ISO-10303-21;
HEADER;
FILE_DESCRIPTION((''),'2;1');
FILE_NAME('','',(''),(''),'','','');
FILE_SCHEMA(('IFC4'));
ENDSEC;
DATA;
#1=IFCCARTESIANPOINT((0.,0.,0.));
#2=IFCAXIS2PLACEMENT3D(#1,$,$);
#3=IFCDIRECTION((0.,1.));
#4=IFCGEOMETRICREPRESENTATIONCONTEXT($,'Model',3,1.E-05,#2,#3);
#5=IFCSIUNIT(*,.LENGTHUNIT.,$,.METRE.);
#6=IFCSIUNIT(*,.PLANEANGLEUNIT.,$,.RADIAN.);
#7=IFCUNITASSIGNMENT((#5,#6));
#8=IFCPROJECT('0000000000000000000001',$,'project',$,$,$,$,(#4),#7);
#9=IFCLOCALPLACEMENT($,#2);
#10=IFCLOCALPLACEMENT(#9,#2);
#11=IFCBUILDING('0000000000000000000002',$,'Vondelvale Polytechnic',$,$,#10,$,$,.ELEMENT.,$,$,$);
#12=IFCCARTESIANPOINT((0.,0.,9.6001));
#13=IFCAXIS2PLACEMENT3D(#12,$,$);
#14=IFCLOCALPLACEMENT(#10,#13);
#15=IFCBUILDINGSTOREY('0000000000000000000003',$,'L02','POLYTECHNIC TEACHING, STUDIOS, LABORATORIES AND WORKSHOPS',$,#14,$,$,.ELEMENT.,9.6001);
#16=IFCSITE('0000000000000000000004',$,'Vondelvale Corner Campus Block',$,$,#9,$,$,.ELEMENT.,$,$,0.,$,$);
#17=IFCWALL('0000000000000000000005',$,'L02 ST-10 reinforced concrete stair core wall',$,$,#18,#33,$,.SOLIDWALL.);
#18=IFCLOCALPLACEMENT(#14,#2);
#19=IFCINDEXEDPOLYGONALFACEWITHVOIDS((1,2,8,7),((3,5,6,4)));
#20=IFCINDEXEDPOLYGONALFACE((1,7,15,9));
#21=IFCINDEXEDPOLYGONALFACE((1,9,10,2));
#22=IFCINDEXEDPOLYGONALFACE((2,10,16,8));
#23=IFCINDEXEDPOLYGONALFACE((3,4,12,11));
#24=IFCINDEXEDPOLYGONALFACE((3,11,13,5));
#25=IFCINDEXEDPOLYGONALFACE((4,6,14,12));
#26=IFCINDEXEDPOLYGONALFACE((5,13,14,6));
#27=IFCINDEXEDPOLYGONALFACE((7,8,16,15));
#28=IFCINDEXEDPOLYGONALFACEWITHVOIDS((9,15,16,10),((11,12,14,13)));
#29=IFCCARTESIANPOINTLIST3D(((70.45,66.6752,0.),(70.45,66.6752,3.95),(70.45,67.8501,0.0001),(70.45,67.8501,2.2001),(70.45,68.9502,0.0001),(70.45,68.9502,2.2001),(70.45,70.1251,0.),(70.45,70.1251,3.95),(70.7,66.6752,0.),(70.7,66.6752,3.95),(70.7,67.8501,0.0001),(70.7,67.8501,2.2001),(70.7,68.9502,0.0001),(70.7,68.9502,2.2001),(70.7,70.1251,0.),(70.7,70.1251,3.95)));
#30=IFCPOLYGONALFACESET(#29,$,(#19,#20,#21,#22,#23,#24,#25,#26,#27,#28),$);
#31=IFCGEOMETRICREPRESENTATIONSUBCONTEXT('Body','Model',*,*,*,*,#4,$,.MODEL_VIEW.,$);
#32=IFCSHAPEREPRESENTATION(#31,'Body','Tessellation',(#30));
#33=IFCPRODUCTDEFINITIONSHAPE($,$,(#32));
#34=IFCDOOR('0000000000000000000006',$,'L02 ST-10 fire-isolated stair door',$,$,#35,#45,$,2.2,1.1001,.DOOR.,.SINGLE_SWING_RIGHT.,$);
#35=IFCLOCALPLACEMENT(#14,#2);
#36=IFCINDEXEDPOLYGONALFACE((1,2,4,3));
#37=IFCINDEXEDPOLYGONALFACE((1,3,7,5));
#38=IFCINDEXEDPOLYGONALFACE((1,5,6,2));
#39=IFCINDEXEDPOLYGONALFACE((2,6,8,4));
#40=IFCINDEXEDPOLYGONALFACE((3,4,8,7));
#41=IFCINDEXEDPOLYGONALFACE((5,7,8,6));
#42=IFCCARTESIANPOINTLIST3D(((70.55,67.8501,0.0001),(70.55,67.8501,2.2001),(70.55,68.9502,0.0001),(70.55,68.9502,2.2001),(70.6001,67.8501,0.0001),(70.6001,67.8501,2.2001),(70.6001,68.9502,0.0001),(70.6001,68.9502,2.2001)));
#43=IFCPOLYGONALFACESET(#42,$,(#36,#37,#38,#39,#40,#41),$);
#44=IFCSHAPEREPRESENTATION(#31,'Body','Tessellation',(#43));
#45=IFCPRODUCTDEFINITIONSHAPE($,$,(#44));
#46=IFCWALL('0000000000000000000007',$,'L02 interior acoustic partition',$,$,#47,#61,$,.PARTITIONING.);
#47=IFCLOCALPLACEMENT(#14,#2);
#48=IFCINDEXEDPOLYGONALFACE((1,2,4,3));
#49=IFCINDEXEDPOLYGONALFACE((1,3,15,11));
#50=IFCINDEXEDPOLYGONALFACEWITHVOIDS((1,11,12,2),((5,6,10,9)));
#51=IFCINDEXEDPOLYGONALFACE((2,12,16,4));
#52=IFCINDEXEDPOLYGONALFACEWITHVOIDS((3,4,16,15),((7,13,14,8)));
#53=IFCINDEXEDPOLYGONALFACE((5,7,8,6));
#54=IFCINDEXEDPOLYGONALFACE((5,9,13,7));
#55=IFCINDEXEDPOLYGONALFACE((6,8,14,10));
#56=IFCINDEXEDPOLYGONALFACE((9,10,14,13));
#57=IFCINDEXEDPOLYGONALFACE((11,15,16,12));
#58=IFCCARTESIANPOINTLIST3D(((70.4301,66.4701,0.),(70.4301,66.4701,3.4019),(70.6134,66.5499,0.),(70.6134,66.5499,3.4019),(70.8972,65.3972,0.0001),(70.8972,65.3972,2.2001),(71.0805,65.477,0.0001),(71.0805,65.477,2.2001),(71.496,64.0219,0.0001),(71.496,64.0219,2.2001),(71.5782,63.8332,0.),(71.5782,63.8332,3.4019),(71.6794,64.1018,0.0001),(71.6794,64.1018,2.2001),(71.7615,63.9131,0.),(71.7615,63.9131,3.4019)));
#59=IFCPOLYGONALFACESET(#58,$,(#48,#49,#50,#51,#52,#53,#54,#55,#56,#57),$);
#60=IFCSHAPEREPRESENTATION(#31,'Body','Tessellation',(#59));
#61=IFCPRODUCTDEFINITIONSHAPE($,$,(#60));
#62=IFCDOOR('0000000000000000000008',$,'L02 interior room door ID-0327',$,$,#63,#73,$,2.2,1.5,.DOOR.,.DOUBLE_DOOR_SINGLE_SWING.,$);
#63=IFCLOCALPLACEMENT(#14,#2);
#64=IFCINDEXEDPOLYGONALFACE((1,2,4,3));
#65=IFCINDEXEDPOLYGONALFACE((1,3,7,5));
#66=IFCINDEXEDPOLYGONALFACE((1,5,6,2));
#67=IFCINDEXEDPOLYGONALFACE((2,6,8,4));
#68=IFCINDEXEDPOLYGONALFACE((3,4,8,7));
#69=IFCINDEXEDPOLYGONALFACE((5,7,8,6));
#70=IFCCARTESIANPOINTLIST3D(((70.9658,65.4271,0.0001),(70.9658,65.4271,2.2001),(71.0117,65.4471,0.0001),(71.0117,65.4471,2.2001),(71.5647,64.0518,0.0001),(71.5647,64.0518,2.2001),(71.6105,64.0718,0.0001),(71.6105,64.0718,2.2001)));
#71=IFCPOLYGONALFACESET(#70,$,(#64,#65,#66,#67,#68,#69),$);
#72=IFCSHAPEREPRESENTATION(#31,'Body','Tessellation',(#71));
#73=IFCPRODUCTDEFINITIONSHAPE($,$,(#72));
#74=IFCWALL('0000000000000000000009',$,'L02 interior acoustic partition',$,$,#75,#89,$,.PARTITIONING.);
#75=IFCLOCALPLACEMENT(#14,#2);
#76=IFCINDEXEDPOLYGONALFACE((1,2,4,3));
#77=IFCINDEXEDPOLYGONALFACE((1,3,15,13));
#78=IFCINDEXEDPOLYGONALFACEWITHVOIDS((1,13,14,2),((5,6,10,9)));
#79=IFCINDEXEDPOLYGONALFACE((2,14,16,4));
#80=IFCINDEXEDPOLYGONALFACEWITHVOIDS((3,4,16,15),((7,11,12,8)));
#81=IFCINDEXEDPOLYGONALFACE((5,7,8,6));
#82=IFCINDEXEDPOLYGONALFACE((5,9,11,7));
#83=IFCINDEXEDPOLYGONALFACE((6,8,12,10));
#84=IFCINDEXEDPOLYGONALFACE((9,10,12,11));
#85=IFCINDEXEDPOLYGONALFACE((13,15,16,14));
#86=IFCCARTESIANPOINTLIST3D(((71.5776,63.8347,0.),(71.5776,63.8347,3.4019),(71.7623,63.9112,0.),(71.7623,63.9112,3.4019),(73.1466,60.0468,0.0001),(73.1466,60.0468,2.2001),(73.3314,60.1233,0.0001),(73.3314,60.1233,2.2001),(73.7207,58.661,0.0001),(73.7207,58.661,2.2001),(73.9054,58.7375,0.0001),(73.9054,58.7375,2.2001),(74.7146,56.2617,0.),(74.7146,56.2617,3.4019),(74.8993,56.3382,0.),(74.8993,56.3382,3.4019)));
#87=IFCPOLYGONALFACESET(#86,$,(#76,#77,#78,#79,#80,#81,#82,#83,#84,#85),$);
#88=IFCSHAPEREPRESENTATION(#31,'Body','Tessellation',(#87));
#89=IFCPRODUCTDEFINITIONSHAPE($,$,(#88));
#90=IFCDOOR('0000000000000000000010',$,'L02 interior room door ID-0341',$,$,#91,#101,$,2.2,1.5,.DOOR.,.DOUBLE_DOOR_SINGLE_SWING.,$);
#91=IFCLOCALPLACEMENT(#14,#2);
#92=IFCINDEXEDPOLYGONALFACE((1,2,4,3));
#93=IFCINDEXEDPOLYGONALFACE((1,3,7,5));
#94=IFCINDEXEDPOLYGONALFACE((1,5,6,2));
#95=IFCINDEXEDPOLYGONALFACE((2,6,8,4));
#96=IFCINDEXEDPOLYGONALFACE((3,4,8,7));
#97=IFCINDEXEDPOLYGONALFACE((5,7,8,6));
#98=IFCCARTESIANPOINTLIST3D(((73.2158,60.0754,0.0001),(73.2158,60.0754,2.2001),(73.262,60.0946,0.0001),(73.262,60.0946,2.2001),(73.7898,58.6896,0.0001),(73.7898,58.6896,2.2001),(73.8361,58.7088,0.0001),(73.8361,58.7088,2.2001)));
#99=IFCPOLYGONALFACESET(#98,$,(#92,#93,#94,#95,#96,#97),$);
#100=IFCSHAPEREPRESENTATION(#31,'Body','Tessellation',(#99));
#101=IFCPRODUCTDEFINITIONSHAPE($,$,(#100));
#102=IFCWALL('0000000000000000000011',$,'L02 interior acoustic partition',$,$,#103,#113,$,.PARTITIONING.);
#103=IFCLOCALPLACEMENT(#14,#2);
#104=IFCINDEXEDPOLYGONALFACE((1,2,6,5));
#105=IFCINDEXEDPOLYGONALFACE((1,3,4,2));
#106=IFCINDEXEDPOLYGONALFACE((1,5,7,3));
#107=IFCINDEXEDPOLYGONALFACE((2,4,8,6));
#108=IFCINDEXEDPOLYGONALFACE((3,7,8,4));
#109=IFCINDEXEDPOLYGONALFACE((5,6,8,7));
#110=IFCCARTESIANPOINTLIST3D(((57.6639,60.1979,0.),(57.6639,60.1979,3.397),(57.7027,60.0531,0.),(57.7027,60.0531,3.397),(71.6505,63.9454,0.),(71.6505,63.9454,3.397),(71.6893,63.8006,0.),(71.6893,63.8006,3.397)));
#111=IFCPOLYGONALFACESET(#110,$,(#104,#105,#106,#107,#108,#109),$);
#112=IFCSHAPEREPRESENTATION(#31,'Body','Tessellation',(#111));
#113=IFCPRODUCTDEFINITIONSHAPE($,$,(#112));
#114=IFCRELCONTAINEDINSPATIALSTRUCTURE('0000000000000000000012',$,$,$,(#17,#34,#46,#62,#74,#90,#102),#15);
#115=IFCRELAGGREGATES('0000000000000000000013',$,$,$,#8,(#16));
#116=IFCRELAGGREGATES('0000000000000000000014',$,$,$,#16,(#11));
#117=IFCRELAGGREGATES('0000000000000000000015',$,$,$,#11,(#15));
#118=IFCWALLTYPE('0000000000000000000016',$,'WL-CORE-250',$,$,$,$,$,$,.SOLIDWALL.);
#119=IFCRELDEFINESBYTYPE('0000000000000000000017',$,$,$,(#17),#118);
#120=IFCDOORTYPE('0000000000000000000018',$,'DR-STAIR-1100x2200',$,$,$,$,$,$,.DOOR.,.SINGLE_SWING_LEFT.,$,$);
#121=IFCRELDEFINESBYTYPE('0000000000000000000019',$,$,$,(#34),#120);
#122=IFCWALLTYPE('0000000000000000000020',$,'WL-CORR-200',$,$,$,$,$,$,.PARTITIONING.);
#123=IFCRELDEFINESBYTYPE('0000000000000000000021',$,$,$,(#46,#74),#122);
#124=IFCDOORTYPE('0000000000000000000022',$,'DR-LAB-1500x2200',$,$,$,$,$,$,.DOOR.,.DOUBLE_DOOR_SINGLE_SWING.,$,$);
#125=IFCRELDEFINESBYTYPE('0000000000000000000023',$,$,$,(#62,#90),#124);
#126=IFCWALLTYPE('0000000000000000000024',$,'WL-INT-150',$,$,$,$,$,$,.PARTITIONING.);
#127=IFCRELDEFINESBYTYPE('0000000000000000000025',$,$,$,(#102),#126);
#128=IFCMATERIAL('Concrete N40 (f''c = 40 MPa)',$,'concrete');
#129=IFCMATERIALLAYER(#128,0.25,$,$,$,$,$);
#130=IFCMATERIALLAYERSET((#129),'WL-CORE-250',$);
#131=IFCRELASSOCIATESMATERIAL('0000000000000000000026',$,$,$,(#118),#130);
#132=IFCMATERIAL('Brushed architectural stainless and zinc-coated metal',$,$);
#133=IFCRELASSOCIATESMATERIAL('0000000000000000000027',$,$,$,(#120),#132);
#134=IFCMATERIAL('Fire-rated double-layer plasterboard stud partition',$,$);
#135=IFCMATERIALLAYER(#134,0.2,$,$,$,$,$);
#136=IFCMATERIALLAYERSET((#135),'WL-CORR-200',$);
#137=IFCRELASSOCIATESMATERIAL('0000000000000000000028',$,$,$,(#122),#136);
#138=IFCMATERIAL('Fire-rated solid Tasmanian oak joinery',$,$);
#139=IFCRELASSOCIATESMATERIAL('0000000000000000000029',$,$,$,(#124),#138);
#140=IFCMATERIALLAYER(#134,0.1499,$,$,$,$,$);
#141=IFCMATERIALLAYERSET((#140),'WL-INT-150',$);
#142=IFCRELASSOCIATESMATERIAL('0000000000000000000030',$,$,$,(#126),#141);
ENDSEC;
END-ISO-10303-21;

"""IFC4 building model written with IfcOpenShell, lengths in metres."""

from ifc_helpers import new_model, si_unit, direction, frame, frame_2d, origin, place, context, subcontext, project, spatial, rectangle, extrude, material, layer, layer_set, type_object, element, fill, save


model = new_model("IFC4")

# Units and contexts
model_context = context("Model", 3, precision=1e-05, world=origin(), true_north=direction((0.0, 1.0)))
body_context = subcontext(model_context, "Body", "Model", "MODEL_VIEW")
ifc_project = project(units=[si_unit("LENGTHUNIT", "METRE"), si_unit("PLANEANGLEUNIT", "RADIAN")], contexts=[model_context])

# Site, building, storey
site_placement = place(None, origin())
site = spatial("IfcSite", under=ifc_project, at=site_placement, Name="Vondelvale Corner Campus Block", CompositionType="ELEMENT", RefElevation=0.0)
building_placement = place(site_placement, origin())
building = spatial("IfcBuilding", under=site, at=building_placement, Name="Vondelvale Polytechnic", CompositionType="ELEMENT")
storey_placement = place(building_placement, frame((0.0, 0.0, 9.6001)))
storey = spatial("IfcBuildingStorey", under=building, at=storey_placement, Name="L02", Description="POLYTECHNIC TEACHING, STUDIOS, LABORATORIES AND WORKSHOPS", CompositionType="ELEMENT", Elevation=9.6001)

# Walls, openings, doors
ifc_material_1 = material(Name="Concrete N40 (f'c = 40 MPa)", Category="concrete")
ifc_layer_1 = layer(ifc_material_1, 0.25)
ifc_layer_set_1 = layer_set([ifc_layer_1], Name="WL-CORE-250")
wall_type_1 = type_object("IfcWallType", Name="WL-CORE-250", PredefinedType="SOLIDWALL", material=ifc_layer_set_1)
wall_1_placement = place(storey_placement, frame((70.575, 66.675, 0.0), z_axis=(0.0, 0.0, 1.0), x_axis=(0.0, 1.0, 0.0)))
wall_1 = element("IfcWall", 1, at=wall_1_placement, inside=storey, type_object=wall_type_1, Name="L02 ST-10 reinforced concrete stair core wall", PredefinedType="SOLIDWALL", context=body_context, shape_type="SweptSolid", body=[
    extrude(rectangle(XDim=3.45, YDim=0.25, at=frame_2d((1.7251, 0.0))), origin(), (0.0, 0.0, 1.0), 3.95),
])
opening_1_placement = place(wall_1_placement, frame((1.175, 0.0, 0.0)))
opening_1 = element("IfcOpeningElement", 2, at=opening_1_placement, cuts=wall_1, PredefinedType="OPENING", context=body_context, shape_type="SweptSolid", body=[
    extrude(rectangle(XDim=1.1001, YDim=2.2, at=frame_2d((0.55, 1.1001))), frame((0.0, 0.135, 0.0), z_axis=(0.0, -1.0, 0.0), x_axis=(1.0, 0.0, 0.0)), (0.0, 0.0, 1.0), 0.27),
])
ifc_material_2 = material(Name="Brushed architectural stainless and zinc-coated metal")
door_type_1 = type_object("IfcDoorType", Name="DR-STAIR-1100x2200", OperationType="SINGLE_SWING_LEFT", PredefinedType="DOOR", material=ifc_material_2)
door_1_placement = place(opening_1_placement, origin())
door_1 = element("IfcDoor", 3, at=door_1_placement, inside=storey, type_object=door_type_1, Name="L02 ST-10 fire-isolated stair door", OperationType="SINGLE_SWING_RIGHT", OverallHeight=2.2, OverallWidth=1.1001, PredefinedType="DOOR", context=body_context, shape_type="SweptSolid", body=[
    extrude(rectangle(XDim=1.1001, YDim=2.2, at=frame_2d((0.55, 1.1001))), frame((0.0, 0.0249, 0.0), z_axis=(0.0, -1.0, 0.0), x_axis=(1.0, 0.0, 0.0)), (0.0, 0.0, 1.0), 0.05),
])
fill(opening_1, door_1)
ifc_material_3 = material(Name="Fire-rated double-layer plasterboard stud partition")
ifc_layer_2 = layer(ifc_material_3, 0.2)
ifc_layer_set_2 = layer_set([ifc_layer_2], Name="WL-CORR-200")
wall_type_2 = type_object("IfcWallType", Name="WL-CORR-200", PredefinedType="PARTITIONING", material=ifc_layer_set_2)
wall_2_placement = place(storey_placement, frame((70.5217, 66.51, 0.0), z_axis=(0.0, 0.0, 1.0), x_axis=(0.39922, -0.916855, 0.0)))
wall_2 = element("IfcWall", 4, at=wall_2_placement, inside=storey, type_object=wall_type_2, Name="L02 interior acoustic partition", PredefinedType="PARTITIONING", context=body_context, shape_type="SweptSolid", body=[
    extrude(rectangle(XDim=2.876, YDim=0.2, at=frame_2d((1.438, 0.0))), origin(), (0.0, 0.0, 1.0), 3.4019),
])
opening_2_placement = place(wall_2_placement, frame((1.1702, 0.0, 0.0)))
opening_2 = element("IfcOpeningElement", 5, at=opening_2_placement, cuts=wall_2, PredefinedType="OPENING", context=body_context, shape_type="SweptSolid", body=[
    extrude(rectangle(XDim=1.5, YDim=2.2, at=frame_2d((0.75, 1.1001))), frame((0.0, 0.1099, 0.0), z_axis=(0.0, -1.0, 0.0), x_axis=(1.0, 0.0, 0.0)), (0.0, 0.0, 1.0), 0.22),
])
ifc_material_4 = material(Name="Fire-rated solid Tasmanian oak joinery")
door_type_2 = type_object("IfcDoorType", Name="DR-LAB-1500x2200", OperationType="DOUBLE_DOOR_SINGLE_SWING", PredefinedType="DOOR", material=ifc_material_4)
door_2_placement = place(opening_2_placement, origin())
door_2 = element("IfcDoor", 6, at=door_2_placement, inside=storey, type_object=door_type_2, Name="L02 interior room door ID-0327", OperationType="DOUBLE_DOOR_SINGLE_SWING", OverallHeight=2.2, OverallWidth=1.5, PredefinedType="DOOR", context=body_context, shape_type="SweptSolid", body=[
    extrude(rectangle(XDim=1.5, YDim=2.2, at=frame_2d((0.75, 1.1001))), frame((0.0, 0.0249, 0.0), z_axis=(0.0, -1.0, 0.0), x_axis=(1.0, 0.0, 0.0)), (0.0, 0.0, 1.0), 0.05),
])
fill(opening_2, door_2)
wall_3_placement = place(storey_placement, frame((71.6699, 63.873, 0.0), z_axis=(0.0, 0.0, 1.0), x_axis=(0.382696, -0.923874, 0.0)))
wall_3 = element("IfcWall", 7, at=wall_3_placement, inside=storey, type_object=wall_type_2, Name="L02 interior acoustic partition", PredefinedType="PARTITIONING", context=body_context, shape_type="SweptSolid", body=[
    extrude(rectangle(XDim=8.197, YDim=0.2, at=frame_2d((4.0986, 0.0))), origin(), (0.0, 0.0, 1.0), 3.4019),
])
opening_3_placement = place(wall_3_placement, frame((4.1001, 0.0, 0.0)))
opening_3 = element("IfcOpeningElement", 8, at=opening_3_placement, cuts=wall_3, PredefinedType="OPENING", context=body_context, shape_type="SweptSolid", body=[
    extrude(rectangle(XDim=1.5, YDim=2.2, at=frame_2d((0.75, 1.1001))), frame((0.0, 0.1099, 0.0), z_axis=(0.0, -1.0, 0.0), x_axis=(1.0, 0.0, 0.0)), (0.0, 0.0, 1.0), 0.22),
])
door_3_placement = place(opening_3_placement, origin())
door_3 = element("IfcDoor", 9, at=door_3_placement, inside=storey, type_object=door_type_2, Name="L02 interior room door ID-0341", OperationType="DOUBLE_DOOR_SINGLE_SWING", OverallHeight=2.2, OverallWidth=1.5, PredefinedType="DOOR", context=body_context, shape_type="SweptSolid", body=[
    extrude(rectangle(XDim=1.5, YDim=2.2, at=frame_2d((0.75, 1.1001))), frame((0.0, 0.0249, 0.0), z_axis=(0.0, -1.0, 0.0), x_axis=(1.0, 0.0, 0.0)), (0.0, 0.0, 1.0), 0.05),
])
fill(opening_3, door_3)

# Wall
ifc_layer_3 = layer(ifc_material_3, 0.1499)
ifc_layer_set_3 = layer_set([ifc_layer_3], Name="WL-INT-150")
wall_type_3 = type_object("IfcWallType", Name="WL-INT-150", PredefinedType="PARTITIONING", material=ifc_layer_set_3)
wall_4_placement = place(storey_placement, frame((71.6699, 63.873, 0.0), z_axis=(0.0, 0.0, 1.0), x_axis=(-0.965928, -0.258811, 0.0)))
element("IfcWall", 10, at=wall_4_placement, inside=storey, type_object=wall_type_3, Name="L02 interior acoustic partition", PredefinedType="PARTITIONING", context=body_context, shape_type="SweptSolid", body=[
    extrude(rectangle(XDim=14.48, YDim=0.1499, at=frame_2d((7.24, 0.0))), origin(), (0.0, 0.0, 1.0), 3.397),
])

save(model, "model.ifc")
